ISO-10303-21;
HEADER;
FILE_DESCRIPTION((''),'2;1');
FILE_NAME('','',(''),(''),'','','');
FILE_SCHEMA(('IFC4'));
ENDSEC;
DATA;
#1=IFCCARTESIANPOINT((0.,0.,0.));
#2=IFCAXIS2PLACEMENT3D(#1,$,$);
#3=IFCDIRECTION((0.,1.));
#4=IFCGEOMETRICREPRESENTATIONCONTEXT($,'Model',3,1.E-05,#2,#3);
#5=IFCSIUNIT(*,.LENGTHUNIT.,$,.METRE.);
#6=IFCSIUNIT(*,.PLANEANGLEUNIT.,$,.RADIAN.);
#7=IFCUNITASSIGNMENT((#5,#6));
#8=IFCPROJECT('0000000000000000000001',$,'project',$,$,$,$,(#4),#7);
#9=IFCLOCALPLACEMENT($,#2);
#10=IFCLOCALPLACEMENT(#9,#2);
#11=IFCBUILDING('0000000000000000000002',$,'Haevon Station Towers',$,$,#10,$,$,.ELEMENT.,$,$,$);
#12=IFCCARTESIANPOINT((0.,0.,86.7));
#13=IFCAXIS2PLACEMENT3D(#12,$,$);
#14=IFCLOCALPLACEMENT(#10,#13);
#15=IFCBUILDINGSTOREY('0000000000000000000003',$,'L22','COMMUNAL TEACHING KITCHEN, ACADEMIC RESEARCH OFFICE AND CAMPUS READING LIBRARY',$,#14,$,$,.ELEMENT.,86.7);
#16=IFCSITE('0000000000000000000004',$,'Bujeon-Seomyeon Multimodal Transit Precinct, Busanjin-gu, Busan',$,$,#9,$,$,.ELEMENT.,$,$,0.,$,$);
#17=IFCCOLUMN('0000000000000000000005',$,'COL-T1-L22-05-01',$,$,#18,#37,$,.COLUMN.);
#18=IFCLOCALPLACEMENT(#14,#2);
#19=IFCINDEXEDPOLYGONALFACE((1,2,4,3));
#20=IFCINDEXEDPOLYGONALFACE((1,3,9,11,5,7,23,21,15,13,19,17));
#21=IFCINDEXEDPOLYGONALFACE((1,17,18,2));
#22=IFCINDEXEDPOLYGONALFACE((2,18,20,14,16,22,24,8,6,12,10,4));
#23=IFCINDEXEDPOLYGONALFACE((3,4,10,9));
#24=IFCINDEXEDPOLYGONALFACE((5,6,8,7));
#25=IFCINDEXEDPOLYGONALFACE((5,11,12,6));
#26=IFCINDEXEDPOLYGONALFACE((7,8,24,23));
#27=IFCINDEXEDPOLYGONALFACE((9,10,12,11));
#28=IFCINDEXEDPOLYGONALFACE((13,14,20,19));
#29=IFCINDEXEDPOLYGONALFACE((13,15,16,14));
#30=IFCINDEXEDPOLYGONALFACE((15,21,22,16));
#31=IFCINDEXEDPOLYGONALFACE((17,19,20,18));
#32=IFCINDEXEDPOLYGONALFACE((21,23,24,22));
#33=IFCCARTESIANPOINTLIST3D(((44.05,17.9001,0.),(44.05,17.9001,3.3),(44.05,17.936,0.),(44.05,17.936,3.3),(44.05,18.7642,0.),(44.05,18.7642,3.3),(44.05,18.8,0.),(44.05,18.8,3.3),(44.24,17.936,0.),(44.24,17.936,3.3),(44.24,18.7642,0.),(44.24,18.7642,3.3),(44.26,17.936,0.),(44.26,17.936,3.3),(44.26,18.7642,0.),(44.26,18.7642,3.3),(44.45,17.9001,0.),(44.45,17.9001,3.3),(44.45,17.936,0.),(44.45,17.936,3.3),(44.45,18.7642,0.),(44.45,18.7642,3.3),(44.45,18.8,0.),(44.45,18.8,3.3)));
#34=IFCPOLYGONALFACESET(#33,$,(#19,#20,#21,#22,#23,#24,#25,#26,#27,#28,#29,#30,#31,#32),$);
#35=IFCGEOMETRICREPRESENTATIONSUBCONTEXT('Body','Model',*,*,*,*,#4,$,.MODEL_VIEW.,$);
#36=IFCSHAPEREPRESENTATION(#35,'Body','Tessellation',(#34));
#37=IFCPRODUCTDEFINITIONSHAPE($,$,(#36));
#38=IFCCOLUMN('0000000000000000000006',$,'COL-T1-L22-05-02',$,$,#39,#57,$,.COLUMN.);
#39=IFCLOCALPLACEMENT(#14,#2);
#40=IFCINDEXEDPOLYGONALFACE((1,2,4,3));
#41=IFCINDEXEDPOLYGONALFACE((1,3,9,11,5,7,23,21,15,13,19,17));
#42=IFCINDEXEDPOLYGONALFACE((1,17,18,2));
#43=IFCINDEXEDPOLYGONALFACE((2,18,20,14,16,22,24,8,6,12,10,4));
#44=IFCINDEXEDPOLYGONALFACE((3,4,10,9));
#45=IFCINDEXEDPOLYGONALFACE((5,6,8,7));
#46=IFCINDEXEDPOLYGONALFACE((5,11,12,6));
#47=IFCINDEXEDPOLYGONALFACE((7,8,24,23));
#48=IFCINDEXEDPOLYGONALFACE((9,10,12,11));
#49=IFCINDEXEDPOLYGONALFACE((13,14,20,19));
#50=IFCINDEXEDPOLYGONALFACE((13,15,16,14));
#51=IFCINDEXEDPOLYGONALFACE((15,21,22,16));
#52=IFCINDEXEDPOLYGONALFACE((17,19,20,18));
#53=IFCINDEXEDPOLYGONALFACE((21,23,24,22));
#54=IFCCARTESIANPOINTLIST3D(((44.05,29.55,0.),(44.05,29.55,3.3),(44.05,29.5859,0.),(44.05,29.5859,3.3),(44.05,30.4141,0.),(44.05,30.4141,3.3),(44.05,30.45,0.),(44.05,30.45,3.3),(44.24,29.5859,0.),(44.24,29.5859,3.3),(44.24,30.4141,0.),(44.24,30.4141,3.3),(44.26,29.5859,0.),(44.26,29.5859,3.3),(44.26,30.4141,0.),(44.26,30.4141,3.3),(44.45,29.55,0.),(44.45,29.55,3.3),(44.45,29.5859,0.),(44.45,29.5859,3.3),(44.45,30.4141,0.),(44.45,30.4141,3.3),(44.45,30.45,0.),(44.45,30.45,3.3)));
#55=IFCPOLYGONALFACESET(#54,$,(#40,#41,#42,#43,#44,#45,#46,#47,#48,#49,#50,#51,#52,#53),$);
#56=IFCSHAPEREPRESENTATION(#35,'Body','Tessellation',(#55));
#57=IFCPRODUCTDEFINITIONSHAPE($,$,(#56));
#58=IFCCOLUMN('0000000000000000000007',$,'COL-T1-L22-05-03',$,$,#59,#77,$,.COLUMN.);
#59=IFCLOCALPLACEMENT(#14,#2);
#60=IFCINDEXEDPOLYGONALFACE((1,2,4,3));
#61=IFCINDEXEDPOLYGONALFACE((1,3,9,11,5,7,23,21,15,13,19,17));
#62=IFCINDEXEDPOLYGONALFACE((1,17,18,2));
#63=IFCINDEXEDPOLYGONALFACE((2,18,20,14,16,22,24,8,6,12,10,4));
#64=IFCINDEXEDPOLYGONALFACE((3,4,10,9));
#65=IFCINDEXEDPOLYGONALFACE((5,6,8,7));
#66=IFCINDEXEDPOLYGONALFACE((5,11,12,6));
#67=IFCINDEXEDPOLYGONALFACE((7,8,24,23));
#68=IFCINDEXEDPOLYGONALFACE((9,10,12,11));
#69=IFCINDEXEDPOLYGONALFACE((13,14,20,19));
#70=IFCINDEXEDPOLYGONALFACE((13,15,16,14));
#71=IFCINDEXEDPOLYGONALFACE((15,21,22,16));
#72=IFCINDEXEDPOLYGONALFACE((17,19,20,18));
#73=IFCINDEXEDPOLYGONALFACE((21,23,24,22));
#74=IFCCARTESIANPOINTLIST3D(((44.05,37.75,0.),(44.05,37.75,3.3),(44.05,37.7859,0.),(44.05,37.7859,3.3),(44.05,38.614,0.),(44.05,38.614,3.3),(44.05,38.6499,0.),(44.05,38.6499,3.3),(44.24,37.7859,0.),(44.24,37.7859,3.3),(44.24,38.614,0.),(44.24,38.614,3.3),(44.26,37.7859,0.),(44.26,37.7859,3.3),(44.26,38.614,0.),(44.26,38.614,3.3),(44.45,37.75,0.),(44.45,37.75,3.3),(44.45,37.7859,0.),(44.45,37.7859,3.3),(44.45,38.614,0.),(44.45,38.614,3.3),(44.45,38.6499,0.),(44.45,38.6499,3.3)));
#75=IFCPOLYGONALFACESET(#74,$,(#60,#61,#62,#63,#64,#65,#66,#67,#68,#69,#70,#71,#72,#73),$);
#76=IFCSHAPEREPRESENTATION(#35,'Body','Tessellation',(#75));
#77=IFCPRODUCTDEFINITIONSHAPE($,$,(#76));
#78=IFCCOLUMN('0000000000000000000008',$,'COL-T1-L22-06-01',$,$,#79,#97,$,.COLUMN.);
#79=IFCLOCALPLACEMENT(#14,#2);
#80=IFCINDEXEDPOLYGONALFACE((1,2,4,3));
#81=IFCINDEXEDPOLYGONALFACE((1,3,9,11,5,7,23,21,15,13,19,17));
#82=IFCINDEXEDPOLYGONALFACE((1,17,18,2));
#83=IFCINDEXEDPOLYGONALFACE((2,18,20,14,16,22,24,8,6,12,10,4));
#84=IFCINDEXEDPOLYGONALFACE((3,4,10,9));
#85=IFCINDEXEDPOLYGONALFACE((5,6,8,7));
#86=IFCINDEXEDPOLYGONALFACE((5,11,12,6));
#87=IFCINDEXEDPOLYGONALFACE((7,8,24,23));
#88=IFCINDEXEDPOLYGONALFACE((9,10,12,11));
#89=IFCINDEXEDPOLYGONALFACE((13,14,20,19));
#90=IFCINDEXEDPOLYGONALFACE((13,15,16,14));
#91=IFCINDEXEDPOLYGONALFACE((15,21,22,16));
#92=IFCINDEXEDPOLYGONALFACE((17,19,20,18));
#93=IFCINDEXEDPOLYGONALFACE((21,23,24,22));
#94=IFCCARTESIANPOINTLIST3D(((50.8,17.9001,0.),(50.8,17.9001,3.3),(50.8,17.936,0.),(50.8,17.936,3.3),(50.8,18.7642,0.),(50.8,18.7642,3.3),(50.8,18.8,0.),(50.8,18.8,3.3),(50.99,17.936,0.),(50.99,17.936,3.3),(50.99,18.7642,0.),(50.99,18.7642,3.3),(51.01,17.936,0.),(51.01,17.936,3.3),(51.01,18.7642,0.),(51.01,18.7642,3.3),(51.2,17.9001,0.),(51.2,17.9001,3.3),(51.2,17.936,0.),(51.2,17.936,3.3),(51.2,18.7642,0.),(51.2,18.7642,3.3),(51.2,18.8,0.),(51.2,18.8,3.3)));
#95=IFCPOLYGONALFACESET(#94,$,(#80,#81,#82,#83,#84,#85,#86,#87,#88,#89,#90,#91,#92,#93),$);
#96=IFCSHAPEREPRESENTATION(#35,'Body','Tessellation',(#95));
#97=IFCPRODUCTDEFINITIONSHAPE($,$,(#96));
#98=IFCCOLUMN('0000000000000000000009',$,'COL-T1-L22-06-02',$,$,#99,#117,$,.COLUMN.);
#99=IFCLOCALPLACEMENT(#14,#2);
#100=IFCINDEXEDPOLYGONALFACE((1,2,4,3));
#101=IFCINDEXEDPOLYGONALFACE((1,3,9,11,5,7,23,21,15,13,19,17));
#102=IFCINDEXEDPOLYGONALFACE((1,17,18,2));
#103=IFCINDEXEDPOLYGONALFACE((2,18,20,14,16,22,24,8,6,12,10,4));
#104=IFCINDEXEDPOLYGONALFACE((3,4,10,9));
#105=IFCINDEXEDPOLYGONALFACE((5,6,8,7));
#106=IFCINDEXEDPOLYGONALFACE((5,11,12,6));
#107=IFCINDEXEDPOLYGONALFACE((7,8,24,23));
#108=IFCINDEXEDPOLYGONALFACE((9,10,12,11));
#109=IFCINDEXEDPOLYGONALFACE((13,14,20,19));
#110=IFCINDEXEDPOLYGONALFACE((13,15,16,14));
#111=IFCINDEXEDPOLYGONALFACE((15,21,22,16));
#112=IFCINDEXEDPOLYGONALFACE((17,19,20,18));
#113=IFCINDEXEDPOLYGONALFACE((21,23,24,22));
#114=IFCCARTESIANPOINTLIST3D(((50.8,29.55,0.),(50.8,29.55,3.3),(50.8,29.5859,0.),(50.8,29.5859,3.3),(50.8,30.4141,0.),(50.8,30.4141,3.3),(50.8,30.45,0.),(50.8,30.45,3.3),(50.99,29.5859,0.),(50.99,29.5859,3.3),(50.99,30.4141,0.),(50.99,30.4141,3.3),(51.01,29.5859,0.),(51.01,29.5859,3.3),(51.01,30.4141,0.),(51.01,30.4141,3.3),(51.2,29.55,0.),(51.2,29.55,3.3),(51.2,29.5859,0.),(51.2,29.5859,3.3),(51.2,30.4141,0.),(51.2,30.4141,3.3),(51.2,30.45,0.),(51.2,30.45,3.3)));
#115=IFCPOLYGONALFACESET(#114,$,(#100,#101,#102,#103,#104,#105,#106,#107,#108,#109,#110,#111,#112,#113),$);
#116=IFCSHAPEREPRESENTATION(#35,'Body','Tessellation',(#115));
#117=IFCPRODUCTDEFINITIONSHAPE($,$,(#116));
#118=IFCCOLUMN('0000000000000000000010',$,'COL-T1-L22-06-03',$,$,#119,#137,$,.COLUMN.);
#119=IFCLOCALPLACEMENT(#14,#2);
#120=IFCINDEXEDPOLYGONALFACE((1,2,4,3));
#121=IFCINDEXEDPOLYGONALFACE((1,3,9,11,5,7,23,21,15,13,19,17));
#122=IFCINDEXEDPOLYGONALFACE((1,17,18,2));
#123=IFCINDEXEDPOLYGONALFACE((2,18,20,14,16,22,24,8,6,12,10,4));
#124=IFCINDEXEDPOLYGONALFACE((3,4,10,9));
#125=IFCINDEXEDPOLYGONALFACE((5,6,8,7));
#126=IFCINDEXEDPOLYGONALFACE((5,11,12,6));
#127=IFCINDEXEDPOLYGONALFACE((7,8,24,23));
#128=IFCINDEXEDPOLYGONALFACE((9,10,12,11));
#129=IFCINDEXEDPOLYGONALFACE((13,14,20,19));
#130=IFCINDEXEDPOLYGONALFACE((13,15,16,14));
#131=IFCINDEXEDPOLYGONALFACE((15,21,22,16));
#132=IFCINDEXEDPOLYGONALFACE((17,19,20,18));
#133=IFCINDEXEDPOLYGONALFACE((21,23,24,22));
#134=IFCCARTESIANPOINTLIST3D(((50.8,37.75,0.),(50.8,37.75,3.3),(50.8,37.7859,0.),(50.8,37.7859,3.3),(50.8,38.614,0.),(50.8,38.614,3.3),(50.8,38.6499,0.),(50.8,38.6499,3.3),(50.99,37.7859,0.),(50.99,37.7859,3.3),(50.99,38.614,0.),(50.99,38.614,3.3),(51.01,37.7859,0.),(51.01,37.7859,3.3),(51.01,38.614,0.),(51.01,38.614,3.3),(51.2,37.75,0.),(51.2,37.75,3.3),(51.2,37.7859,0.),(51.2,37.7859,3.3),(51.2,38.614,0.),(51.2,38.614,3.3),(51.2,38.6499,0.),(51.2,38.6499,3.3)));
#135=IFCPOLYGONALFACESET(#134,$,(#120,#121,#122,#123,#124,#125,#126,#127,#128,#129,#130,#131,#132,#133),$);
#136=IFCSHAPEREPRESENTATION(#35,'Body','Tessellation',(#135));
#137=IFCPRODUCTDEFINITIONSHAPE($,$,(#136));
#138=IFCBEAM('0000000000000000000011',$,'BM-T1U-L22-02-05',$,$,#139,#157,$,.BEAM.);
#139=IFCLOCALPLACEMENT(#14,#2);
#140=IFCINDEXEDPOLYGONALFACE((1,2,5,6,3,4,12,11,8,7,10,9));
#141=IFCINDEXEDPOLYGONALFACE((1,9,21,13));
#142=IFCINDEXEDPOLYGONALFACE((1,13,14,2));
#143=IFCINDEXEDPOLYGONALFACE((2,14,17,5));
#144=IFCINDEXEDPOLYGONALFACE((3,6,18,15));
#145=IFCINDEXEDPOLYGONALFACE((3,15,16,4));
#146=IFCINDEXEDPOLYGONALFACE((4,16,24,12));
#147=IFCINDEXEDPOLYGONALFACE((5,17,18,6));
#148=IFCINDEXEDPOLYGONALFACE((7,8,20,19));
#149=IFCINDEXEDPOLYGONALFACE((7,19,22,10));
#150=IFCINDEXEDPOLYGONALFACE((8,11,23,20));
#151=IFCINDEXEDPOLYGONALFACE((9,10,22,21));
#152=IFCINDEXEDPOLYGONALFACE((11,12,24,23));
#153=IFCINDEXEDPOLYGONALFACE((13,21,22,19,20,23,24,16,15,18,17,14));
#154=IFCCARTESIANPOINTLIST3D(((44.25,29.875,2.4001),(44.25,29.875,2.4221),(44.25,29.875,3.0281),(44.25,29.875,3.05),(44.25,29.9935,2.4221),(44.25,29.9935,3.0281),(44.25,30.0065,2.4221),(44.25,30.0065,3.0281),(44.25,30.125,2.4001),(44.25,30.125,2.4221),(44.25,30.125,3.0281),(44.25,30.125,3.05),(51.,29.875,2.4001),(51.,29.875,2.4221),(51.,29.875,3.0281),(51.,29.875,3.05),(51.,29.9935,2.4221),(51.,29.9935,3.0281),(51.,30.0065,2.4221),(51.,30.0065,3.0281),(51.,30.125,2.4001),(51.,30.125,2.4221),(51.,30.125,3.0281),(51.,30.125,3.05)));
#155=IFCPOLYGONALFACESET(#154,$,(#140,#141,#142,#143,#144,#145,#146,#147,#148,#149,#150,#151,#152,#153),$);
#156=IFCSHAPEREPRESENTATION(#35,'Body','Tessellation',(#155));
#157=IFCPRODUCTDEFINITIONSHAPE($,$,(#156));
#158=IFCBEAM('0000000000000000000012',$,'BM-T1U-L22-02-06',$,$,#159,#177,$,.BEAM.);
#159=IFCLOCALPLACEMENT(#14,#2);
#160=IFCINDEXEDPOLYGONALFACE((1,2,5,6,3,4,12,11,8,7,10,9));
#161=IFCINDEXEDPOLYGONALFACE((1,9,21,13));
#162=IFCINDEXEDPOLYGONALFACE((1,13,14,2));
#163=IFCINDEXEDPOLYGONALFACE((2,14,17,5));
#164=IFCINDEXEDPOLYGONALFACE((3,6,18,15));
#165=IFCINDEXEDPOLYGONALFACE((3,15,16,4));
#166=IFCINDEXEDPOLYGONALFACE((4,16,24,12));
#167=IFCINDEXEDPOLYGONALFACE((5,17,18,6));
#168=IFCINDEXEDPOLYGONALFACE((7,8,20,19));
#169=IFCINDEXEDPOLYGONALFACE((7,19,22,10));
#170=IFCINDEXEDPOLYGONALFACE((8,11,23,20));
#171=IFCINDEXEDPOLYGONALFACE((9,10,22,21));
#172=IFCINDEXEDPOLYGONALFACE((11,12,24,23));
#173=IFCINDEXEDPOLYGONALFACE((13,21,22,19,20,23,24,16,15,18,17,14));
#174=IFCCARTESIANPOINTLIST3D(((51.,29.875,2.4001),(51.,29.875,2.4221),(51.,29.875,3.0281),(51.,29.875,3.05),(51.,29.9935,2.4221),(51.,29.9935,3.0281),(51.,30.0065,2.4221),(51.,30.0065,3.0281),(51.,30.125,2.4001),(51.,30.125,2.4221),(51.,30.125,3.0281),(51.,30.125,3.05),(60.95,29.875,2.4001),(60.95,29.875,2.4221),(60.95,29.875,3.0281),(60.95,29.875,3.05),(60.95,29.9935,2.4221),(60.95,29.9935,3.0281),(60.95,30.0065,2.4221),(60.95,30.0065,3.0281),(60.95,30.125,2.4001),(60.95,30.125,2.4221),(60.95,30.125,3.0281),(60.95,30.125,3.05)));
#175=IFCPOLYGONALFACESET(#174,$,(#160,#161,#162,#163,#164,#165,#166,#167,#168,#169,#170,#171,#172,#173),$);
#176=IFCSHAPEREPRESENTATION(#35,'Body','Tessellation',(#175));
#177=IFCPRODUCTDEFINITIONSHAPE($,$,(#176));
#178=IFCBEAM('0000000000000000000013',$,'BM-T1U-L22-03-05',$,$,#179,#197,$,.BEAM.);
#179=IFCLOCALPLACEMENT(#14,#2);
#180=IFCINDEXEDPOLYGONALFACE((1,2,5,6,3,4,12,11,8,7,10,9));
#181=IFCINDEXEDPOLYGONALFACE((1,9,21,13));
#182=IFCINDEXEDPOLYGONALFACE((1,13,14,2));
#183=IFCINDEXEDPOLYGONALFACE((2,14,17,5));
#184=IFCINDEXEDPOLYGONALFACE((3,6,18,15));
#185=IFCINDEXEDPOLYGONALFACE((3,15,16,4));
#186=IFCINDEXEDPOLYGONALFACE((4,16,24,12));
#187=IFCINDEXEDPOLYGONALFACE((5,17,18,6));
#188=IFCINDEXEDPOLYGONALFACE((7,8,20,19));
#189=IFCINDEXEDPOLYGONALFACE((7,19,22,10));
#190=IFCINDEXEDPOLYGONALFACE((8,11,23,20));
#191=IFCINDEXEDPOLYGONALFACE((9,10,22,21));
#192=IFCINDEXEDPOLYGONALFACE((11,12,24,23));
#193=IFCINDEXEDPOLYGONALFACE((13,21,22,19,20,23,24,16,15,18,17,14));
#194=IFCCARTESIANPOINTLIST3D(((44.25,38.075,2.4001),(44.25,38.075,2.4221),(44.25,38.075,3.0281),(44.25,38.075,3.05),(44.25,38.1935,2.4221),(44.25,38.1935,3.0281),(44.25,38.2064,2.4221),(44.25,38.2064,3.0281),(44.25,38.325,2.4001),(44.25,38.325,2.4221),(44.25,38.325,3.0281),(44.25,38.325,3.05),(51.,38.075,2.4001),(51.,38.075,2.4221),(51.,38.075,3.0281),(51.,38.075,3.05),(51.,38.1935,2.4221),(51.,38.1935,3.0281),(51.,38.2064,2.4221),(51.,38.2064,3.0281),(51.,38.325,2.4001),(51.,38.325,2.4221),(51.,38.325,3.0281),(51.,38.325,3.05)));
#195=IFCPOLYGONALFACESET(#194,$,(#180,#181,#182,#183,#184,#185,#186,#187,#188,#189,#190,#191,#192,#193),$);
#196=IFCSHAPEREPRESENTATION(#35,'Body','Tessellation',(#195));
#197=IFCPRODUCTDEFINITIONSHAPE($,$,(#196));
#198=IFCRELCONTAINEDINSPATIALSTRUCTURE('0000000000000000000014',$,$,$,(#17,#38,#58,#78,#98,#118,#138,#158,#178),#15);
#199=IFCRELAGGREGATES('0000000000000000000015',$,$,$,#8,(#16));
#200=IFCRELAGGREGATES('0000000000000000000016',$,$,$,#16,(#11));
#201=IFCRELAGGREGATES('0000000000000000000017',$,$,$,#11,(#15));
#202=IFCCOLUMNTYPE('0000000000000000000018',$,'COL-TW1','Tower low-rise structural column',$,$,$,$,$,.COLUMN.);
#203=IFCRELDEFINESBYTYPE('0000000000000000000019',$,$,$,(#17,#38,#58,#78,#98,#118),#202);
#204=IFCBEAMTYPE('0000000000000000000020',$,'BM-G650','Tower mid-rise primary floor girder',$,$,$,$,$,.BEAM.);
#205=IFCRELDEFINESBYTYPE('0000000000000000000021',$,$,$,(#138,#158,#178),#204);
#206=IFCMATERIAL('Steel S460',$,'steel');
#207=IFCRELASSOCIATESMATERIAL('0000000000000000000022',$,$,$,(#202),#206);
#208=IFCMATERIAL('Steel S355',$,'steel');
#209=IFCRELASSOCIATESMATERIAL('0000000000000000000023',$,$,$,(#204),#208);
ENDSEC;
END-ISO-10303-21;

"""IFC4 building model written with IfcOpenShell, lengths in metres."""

from ifc_helpers import new_model, si_unit, direction, frame, origin, origin_2d, place, context, subcontext, project, spatial, i_section, extrude, material, material_profile, profile_set, type_object, element, save


model = new_model("IFC4")

# Units and contexts
model_context = context("Model", 3, precision=1e-05, world=origin(), true_north=direction((0.0, 1.0)))
body_context = subcontext(model_context, "Body", "Model", "MODEL_VIEW")
ifc_project = project(units=[si_unit("LENGTHUNIT", "METRE"), si_unit("PLANEANGLEUNIT", "RADIAN")], contexts=[model_context])

# Site, building, storey
site_placement = place(None, origin())
site = spatial("IfcSite", under=ifc_project, at=site_placement, Name="Bujeon-Seomyeon Multimodal Transit Precinct, Busanjin-gu, Busan", CompositionType="ELEMENT", RefElevation=0.0)
building_placement = place(site_placement, origin())
building = spatial("IfcBuilding", under=site, at=building_placement, Name="Haevon Station Towers", CompositionType="ELEMENT")
storey_placement = place(building_placement, frame((0.0, 0.0, 86.7)))
storey = spatial("IfcBuildingStorey", under=building, at=storey_placement, Name="L22", Description="COMMUNAL TEACHING KITCHEN, ACADEMIC RESEARCH OFFICE AND CAMPUS READING LIBRARY", CompositionType="ELEMENT", Elevation=86.7)

# Columns
ifc_material_1 = material(Name="Steel S460", Category="steel")
ifc_material_profile_1 = material_profile(ifc_material_1, i_section(OverallWidth=0.3999, OverallDepth=0.8999, WebThickness=0.02, FlangeThickness=0.0359, at=origin_2d()), Name="H-900x400x20x36")
ifc_profile_set_1 = profile_set([ifc_material_profile_1], Name="Steel S460")
column_type = type_object("IfcColumnType", Name="COL-TW1", Description="Tower low-rise structural column", PredefinedType="COLUMN", material=ifc_profile_set_1)
for number, where, z_axis, x_axis, name in (
    (1, (44.25, 18.3501, 0.0), (0.0, 0.0, 1.0), (1.0, 0.0, 0.0), "COL-T1-L22-05-01"),
    (2, (44.25, 30.0, 0.0), (0.0, 0.0, 1.0), (1.0, 0.0, 0.0), "COL-T1-L22-05-02"),
    (3, (44.25, 38.2, 0.0), (0.0, 0.0, 1.0), (1.0, 0.0, 0.0), "COL-T1-L22-05-03"),
    (4, (51.0, 18.3501, 0.0), (0.0, 0.0, 1.0), (1.0, 0.0, 0.0), "COL-T1-L22-06-01"),
    (5, (51.0, 30.0, 0.0), (0.0, 0.0, 1.0), (1.0, 0.0, 0.0), "COL-T1-L22-06-02"),
    (6, (51.0, 38.2, 0.0), (0.0, 0.0, 1.0), (1.0, 0.0, 0.0), "COL-T1-L22-06-03"),
):
    element("IfcColumn", number, at=place(storey_placement, frame(where, z_axis=z_axis, x_axis=x_axis)), inside=storey, type_object=column_type, Name=name, PredefinedType="COLUMN", context=body_context, shape_type="SweptSolid", body=[
        extrude(i_section(OverallWidth=0.3999, OverallDepth=0.8999, WebThickness=0.02, FlangeThickness=0.0359, at=origin_2d()), origin(), (0.0, 0.0, 1.0), 3.3),
    ])

# Beams
ifc_material_2 = material(Name="Steel S355", Category="steel")
ifc_material_profile_2 = material_profile(ifc_material_2, i_section(OverallWidth=0.25, OverallDepth=0.6499, WebThickness=0.0129, FlangeThickness=0.022, at=origin_2d()), Name="H-650x250x13x22")
ifc_profile_set_2 = profile_set([ifc_material_profile_2], Name="Steel S355")
beam_type_1 = type_object("IfcBeamType", Name="BM-G650", Description="Tower mid-rise primary floor girder", PredefinedType="BEAM", material=ifc_profile_set_2)
beam_1_placement = place(storey_placement, frame((44.25, 30.0, 2.7251), z_axis=(1.0, 0.0, 0.0), x_axis=(0.0, 1.0, 0.0)))
element("IfcBeam", 7, at=beam_1_placement, inside=storey, type_object=beam_type_1, Name="BM-T1U-L22-02-05", PredefinedType="BEAM", context=body_context, shape_type="SweptSolid", body=[
    extrude(i_section(OverallWidth=0.25, OverallDepth=0.6499, WebThickness=0.0129, FlangeThickness=0.022, at=origin_2d()), origin(), (0.0, 0.0, 1.0), 6.75),
])
beam_2_placement = place(storey_placement, frame((51.0, 30.0, 2.7251), z_axis=(1.0, 0.0, 0.0), x_axis=(0.0, 1.0, 0.0)))
element("IfcBeam", 8, at=beam_2_placement, inside=storey, type_object=beam_type_1, Name="BM-T1U-L22-02-06", PredefinedType="BEAM", context=body_context, shape_type="SweptSolid", body=[
    extrude(i_section(OverallWidth=0.25, OverallDepth=0.6499, WebThickness=0.0129, FlangeThickness=0.022, at=origin_2d()), origin(), (0.0, 0.0, 1.0), 9.95),
])
beam_3_placement = place(storey_placement, frame((44.25, 38.2, 2.7251), z_axis=(1.0, 0.0, 0.0), x_axis=(0.0, 1.0, 0.0)))
element("IfcBeam", 9, at=beam_3_placement, inside=storey, type_object=beam_type_1, Name="BM-T1U-L22-03-05", PredefinedType="BEAM", context=body_context, shape_type="SweptSolid", body=[
    extrude(i_section(OverallWidth=0.25, OverallDepth=0.6499, WebThickness=0.0129, FlangeThickness=0.022, at=origin_2d()), origin(), (0.0, 0.0, 1.0), 6.75),
])

save(model, "model.ifc")
